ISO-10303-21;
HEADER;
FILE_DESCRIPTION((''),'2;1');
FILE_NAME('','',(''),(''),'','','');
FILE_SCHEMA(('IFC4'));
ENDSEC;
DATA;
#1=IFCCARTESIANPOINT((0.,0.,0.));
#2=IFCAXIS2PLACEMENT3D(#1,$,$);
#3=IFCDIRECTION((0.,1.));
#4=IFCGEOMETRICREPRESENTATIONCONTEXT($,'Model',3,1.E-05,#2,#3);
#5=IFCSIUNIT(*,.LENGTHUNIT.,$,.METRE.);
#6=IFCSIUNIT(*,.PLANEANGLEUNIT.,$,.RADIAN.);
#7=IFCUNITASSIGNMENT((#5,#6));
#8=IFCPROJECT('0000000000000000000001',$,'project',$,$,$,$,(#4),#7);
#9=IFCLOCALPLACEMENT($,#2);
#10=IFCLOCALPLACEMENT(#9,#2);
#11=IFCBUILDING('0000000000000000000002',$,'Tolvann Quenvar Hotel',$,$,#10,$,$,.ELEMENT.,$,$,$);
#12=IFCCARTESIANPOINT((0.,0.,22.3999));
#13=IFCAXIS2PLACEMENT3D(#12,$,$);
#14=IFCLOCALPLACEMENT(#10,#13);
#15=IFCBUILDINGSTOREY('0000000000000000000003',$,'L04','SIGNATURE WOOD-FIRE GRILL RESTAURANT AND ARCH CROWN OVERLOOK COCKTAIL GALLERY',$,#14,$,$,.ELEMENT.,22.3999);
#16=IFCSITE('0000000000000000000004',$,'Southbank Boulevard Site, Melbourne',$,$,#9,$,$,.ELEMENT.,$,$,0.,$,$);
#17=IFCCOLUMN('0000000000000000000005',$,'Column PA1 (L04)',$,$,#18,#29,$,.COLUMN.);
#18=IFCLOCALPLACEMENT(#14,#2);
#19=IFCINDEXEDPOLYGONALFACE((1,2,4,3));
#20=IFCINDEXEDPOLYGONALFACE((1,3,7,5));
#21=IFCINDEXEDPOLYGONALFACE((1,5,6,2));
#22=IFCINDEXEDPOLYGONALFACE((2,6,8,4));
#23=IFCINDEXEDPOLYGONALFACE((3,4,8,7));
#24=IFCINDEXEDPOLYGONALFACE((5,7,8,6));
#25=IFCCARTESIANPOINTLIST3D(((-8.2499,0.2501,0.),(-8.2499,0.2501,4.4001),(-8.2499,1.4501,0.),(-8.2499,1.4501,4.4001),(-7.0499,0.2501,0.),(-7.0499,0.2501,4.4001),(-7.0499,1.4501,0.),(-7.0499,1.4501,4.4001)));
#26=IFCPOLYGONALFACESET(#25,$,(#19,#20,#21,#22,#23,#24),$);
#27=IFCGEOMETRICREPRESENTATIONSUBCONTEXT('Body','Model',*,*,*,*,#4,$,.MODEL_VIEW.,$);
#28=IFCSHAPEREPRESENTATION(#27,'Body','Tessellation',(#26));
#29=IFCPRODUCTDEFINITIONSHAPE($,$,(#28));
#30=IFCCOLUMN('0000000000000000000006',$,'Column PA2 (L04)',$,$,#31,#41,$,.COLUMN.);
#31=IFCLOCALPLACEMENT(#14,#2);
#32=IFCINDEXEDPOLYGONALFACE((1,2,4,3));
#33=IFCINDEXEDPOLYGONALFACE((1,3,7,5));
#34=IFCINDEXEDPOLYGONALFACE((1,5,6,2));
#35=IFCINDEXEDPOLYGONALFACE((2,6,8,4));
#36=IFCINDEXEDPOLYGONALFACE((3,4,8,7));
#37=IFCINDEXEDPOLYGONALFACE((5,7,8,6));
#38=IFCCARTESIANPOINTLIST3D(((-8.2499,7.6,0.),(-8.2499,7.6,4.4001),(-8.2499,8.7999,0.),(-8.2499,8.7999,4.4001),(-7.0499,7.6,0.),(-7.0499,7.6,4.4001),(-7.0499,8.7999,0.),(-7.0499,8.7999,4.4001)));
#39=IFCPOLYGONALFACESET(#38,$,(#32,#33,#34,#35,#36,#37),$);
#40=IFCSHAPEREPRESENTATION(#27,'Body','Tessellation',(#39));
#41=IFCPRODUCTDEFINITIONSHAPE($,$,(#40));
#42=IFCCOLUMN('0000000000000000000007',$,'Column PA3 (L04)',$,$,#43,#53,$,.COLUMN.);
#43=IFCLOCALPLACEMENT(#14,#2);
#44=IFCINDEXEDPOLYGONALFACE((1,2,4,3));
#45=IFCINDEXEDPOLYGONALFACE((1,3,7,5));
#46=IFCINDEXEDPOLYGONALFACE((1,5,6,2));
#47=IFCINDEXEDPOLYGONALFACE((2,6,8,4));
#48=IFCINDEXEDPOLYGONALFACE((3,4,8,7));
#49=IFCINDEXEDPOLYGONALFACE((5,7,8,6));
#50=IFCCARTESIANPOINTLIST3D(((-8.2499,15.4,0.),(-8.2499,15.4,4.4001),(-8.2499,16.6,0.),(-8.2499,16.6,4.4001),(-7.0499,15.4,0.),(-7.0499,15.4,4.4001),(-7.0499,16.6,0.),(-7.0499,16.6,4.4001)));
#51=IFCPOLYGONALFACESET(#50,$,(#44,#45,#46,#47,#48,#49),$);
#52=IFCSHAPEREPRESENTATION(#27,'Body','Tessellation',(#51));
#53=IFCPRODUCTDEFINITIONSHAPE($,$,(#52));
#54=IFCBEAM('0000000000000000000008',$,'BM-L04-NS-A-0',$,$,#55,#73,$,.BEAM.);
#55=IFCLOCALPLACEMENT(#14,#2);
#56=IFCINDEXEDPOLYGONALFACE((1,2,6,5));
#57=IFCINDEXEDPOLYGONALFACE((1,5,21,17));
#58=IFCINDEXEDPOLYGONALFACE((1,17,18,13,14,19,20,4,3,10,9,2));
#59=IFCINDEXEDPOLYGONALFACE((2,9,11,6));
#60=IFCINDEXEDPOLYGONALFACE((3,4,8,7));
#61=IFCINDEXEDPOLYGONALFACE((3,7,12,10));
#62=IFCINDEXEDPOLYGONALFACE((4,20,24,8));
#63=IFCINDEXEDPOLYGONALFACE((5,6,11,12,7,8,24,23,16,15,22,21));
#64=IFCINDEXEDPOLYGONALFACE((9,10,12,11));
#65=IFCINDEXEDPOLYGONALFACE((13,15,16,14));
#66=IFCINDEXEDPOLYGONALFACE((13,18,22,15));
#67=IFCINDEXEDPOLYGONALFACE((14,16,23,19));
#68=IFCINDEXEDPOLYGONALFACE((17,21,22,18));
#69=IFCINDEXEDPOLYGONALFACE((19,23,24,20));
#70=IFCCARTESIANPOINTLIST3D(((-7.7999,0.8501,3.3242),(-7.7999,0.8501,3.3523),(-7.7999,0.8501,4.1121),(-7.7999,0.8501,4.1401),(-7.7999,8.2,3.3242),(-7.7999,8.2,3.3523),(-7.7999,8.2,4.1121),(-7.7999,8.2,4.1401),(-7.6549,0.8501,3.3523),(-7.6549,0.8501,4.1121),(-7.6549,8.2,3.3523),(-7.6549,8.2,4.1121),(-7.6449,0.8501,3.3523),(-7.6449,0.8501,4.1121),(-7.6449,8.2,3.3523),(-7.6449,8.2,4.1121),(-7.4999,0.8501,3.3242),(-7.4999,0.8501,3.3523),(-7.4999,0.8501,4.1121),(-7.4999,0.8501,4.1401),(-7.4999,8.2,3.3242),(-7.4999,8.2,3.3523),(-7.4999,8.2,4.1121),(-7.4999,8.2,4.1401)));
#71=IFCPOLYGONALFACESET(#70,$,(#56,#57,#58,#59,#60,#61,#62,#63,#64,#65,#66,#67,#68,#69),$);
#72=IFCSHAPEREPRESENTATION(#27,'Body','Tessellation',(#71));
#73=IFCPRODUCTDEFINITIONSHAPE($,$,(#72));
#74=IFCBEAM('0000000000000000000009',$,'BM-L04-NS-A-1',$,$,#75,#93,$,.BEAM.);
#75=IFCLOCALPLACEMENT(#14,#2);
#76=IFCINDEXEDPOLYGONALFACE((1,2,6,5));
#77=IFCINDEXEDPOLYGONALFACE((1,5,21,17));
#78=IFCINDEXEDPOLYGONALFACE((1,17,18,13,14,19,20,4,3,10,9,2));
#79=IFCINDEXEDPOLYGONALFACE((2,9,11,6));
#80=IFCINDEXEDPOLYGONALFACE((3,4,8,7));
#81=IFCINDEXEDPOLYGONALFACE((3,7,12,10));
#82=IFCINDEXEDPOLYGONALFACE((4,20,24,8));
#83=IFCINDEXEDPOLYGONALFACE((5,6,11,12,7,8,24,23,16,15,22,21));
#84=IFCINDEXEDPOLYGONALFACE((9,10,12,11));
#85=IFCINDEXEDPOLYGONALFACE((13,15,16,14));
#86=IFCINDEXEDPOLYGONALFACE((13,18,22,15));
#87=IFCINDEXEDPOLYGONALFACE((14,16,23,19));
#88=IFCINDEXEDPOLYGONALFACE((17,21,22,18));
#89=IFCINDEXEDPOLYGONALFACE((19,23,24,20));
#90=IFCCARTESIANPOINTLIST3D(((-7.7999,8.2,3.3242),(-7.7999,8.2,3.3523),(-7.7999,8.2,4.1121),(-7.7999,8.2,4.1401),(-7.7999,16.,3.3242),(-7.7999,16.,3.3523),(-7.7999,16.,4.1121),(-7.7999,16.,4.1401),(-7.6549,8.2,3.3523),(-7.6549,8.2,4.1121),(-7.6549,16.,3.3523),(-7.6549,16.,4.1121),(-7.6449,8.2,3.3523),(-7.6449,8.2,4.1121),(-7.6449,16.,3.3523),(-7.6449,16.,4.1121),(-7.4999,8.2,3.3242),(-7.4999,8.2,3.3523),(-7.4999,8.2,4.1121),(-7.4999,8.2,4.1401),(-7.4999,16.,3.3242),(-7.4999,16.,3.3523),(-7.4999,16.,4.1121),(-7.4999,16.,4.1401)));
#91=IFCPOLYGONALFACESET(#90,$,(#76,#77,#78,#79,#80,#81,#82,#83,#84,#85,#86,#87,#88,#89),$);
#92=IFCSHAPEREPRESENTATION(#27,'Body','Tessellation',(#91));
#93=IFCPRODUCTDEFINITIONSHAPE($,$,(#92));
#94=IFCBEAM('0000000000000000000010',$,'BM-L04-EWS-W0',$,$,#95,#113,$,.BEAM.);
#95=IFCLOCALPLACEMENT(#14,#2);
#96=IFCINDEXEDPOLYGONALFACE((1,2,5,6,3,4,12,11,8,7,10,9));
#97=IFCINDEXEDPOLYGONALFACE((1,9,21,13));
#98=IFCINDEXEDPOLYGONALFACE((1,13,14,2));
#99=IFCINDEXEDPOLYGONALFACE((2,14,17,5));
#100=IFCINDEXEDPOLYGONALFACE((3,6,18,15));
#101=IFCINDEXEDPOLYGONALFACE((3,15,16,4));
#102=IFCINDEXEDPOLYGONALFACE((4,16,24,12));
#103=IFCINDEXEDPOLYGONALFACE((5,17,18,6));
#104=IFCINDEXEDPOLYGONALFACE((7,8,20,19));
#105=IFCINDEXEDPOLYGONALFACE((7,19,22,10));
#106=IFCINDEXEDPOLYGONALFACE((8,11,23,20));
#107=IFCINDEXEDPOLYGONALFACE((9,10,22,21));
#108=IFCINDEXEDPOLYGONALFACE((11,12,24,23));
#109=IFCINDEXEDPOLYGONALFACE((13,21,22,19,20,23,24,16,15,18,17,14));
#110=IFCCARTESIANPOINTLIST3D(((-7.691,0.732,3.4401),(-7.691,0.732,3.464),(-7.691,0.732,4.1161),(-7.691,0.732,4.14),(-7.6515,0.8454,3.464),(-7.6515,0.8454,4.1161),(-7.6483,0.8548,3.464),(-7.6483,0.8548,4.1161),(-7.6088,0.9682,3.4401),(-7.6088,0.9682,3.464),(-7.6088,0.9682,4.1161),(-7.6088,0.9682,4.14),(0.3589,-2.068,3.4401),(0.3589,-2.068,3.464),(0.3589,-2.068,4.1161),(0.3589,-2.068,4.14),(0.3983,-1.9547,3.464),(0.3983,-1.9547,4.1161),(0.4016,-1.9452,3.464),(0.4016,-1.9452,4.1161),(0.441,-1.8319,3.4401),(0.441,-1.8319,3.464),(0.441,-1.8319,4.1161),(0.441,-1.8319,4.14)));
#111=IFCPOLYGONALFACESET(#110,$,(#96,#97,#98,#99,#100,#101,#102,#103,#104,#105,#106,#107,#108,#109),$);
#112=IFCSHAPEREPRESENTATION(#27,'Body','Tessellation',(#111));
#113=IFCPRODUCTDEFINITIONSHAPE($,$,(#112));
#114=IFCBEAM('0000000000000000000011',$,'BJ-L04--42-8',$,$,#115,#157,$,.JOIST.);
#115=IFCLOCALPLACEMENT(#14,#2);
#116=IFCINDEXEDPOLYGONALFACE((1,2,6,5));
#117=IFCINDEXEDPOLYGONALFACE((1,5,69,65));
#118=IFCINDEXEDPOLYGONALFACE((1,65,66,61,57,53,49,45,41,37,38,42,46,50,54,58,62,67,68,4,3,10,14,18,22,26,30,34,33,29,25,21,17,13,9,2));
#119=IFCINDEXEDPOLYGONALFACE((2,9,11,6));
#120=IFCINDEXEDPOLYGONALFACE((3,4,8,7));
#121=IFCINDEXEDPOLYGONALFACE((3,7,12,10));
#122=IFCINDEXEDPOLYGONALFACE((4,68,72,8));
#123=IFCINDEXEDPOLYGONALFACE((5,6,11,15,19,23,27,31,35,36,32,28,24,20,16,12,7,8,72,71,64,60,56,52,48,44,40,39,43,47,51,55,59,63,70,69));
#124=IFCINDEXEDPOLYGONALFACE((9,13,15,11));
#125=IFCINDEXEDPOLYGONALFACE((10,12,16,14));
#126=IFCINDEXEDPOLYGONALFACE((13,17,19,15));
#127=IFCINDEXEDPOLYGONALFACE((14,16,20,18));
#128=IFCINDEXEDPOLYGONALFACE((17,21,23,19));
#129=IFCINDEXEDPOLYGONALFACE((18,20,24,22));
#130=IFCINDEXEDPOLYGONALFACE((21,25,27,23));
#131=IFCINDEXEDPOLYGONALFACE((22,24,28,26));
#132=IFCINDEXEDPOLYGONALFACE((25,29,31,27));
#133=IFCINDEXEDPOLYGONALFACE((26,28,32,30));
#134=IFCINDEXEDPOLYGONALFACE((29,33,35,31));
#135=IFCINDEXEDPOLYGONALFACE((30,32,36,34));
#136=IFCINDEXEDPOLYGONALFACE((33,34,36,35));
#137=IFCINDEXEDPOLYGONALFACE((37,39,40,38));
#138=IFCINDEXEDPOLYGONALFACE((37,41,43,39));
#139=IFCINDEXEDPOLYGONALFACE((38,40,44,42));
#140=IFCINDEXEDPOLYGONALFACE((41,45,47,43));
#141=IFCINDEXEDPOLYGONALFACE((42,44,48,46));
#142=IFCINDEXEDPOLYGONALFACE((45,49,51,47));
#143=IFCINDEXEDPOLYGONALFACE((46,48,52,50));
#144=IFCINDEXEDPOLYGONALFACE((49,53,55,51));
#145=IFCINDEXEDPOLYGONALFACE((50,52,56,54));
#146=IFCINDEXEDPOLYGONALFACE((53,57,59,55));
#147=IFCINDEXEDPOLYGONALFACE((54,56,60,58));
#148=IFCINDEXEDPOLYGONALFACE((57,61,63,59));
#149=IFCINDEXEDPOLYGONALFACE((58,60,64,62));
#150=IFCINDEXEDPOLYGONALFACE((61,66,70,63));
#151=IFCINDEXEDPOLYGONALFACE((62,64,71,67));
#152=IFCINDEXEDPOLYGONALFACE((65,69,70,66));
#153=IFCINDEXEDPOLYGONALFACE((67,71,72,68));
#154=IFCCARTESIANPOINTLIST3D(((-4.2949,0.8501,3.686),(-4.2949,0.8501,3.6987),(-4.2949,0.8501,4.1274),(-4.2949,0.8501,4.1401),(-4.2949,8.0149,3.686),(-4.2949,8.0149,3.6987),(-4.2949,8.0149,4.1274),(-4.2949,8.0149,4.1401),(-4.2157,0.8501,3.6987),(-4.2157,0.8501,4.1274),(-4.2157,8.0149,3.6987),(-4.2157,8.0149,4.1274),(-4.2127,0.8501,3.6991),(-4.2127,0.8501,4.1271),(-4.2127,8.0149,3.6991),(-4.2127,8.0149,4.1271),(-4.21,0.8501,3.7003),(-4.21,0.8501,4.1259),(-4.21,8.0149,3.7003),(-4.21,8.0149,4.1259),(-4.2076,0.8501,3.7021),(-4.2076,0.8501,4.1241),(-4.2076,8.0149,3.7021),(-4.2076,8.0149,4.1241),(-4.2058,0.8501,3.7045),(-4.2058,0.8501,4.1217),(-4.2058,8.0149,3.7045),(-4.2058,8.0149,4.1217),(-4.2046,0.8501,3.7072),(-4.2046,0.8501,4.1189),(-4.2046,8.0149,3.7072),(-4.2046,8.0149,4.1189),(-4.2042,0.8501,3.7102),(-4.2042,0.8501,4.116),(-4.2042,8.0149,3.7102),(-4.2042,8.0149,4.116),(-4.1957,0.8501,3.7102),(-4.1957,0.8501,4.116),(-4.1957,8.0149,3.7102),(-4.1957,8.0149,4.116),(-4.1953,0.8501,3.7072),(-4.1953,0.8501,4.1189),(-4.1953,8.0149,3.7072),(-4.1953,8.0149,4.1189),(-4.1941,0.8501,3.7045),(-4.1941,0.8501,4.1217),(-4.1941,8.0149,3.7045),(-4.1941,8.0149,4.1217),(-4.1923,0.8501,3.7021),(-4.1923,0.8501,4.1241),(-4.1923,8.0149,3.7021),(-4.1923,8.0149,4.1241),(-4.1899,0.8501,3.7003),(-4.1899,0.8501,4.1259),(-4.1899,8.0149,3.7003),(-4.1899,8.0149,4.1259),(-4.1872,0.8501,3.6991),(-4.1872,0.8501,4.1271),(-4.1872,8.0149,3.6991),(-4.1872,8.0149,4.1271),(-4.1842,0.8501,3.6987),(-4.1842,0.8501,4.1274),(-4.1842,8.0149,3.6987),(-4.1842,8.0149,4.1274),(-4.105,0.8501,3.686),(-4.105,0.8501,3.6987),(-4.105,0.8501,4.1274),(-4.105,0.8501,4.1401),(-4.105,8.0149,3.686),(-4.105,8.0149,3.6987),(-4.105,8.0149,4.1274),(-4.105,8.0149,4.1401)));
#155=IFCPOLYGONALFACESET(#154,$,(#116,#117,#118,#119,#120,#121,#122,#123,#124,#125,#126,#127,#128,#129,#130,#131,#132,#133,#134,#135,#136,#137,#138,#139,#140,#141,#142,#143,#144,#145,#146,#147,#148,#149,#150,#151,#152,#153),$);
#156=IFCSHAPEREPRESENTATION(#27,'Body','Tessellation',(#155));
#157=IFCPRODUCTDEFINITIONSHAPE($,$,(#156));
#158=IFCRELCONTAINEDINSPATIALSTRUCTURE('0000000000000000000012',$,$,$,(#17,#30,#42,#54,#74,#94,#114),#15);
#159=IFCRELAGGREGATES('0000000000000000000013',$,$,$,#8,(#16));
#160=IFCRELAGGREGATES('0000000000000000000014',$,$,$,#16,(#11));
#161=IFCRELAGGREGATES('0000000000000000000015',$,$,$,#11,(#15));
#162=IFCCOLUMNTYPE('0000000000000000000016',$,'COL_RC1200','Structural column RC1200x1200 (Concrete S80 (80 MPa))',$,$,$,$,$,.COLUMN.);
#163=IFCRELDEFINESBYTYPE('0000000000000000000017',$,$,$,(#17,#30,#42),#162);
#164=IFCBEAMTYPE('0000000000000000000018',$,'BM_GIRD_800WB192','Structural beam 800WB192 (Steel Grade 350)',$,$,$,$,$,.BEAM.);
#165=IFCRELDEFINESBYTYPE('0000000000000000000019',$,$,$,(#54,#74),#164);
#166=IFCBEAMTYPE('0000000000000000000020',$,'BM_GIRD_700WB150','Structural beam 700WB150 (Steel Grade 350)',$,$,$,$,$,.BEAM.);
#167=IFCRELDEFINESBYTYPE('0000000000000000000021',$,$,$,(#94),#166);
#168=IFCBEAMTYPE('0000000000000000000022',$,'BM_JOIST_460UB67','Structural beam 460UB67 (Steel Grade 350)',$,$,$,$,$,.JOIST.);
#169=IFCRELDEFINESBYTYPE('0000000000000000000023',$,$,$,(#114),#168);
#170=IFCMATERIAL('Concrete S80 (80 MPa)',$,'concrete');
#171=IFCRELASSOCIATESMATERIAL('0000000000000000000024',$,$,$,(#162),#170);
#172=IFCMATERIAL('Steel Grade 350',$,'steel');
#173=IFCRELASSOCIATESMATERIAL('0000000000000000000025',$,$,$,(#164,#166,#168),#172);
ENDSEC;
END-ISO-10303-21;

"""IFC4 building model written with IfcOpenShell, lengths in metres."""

from ifc_helpers import new_model, si_unit, direction, frame, origin, origin_2d, place, context, subcontext, project, spatial, rectangle, i_section, extrude, source, transform, mapped, material, material_profile, profile_set, type_object, type_shapes, element, save


model = new_model("IFC4")

# Units and contexts
model_context = context("Model", 3, precision=1e-05, world=origin(), true_north=direction((0.0, 1.0)))
body_context = subcontext(model_context, "Body", "Model", "MODEL_VIEW")
ifc_project = project(units=[si_unit("LENGTHUNIT", "METRE"), si_unit("PLANEANGLEUNIT", "RADIAN")], contexts=[model_context])

# Site, building, storey
site_placement = place(None, origin())
site = spatial("IfcSite", under=ifc_project, at=site_placement, Name="Southbank Boulevard Site, Melbourne", CompositionType="ELEMENT", RefElevation=0.0)
building_placement = place(site_placement, origin())
building = spatial("IfcBuilding", under=site, at=building_placement, Name="Tolvann Quenvar Hotel", CompositionType="ELEMENT")
storey_placement = place(building_placement, frame((0.0, 0.0, 22.3999)))
storey = spatial("IfcBuildingStorey", under=building, at=storey_placement, Name="L04", Description="SIGNATURE WOOD-FIRE GRILL RESTAURANT AND ARCH CROWN OVERLOOK COCKTAIL GALLERY", CompositionType="ELEMENT", Elevation=22.3999)

# Columns
ifc_material_1 = material(Name="Concrete S80 (80 MPa)", Category="concrete")
ifc_material_profile_1 = material_profile(ifc_material_1, rectangle(XDim=1.2, YDim=1.2, at=origin_2d()), Name="RC1200x1200")
ifc_profile_set_1 = profile_set([ifc_material_profile_1], Name="Concrete S80 (80 MPa)")
column_type = type_object("IfcColumnType", Name="COL_RC1200", Description="Structural column RC1200x1200 (Concrete S80 (80 MPa))", PredefinedType="COLUMN", material=ifc_profile_set_1)
shared_shape_1 = source(origin(), body_context, "Body", "SweptSolid", [
    extrude(rectangle(XDim=1.2, YDim=1.2, at=origin_2d()), origin(), (0.0, 0.0, 1.0), 4.4001),
])
type_shapes(column_type, [shared_shape_1])
for number, where, z_axis, x_axis, name in (
    (1, (-7.6499, 0.8501, 0.0), (0.0, 0.0, 1.0), (1.0, 0.0, 0.0), "Column PA1 (L04)"),
    (2, (-7.6499, 8.2, 0.0), (0.0, 0.0, 1.0), (1.0, 0.0, 0.0), "Column PA2 (L04)"),
    (3, (-7.6499, 16.0, 0.0), (0.0, 0.0, 1.0), (1.0, 0.0, 0.0), "Column PA3 (L04)"),
):
    element("IfcColumn", number, at=place(storey_placement, frame(where, z_axis=z_axis, x_axis=x_axis)), inside=storey, type_object=column_type, Name=name, PredefinedType="COLUMN", context=body_context, shape_type="MappedRepresentation", body=[
        mapped(shared_shape_1, transform((0.0, 0.0, 0.0), x_axis=(1.0, 0.0, 0.0), y_axis=(0.0, 1.0, 0.0), z_axis=(0.0, 0.0, 1.0), scale=1.0)),
    ])

# Beams
ifc_material_2 = material(Name="Steel Grade 350", Category="steel")
ifc_material_profile_2 = material_profile(ifc_material_2, i_section(OverallWidth=0.3, OverallDepth=0.8159, WebThickness=0.01, FlangeThickness=0.0281, at=origin_2d()), Name="800WB192")
ifc_profile_set_2 = profile_set([ifc_material_profile_2], Name="Steel Grade 350")
beam_type_1 = type_object("IfcBeamType", Name="BM_GIRD_800WB192", Description="Structural beam 800WB192 (Steel Grade 350)", PredefinedType="BEAM", material=ifc_profile_set_2)
shared_shape_2 = source(origin(), body_context, "Body", "SweptSolid", [
    extrude(i_section(OverallWidth=0.3, OverallDepth=0.8159, WebThickness=0.01, FlangeThickness=0.0281, at=origin_2d()), origin(), (0.0, 0.0, 1.0), 7.3499),
])
beam_1_placement = place(storey_placement, frame((-7.6499, 0.8501, 3.7322), z_axis=(0.0, 1.0, 0.0), x_axis=(-1.0, 0.0, 0.0)))
element("IfcBeam", 4, at=beam_1_placement, inside=storey, type_object=beam_type_1, Name="BM-L04-NS-A-0", PredefinedType="BEAM", context=body_context, shape_type="MappedRepresentation", body=[
    mapped(shared_shape_2, transform((0.0, 0.0, 0.0), x_axis=(1.0, 0.0, 0.0), y_axis=(0.0, 1.0, 0.0), z_axis=(0.0, 0.0, 1.0), scale=1.0)),
])
shared_shape_3 = source(origin(), body_context, "Body", "SweptSolid", [
    extrude(i_section(OverallWidth=0.3, OverallDepth=0.8159, WebThickness=0.01, FlangeThickness=0.0281, at=origin_2d()), origin(), (0.0, 0.0, 1.0), 7.8),
])
type_shapes(beam_type_1, [shared_shape_2, shared_shape_3])
beam_2_placement = place(storey_placement, frame((-7.6499, 8.2, 3.7322), z_axis=(0.0, 1.0, 0.0), x_axis=(-1.0, 0.0, 0.0)))
element("IfcBeam", 5, at=beam_2_placement, inside=storey, type_object=beam_type_1, Name="BM-L04-NS-A-1", PredefinedType="BEAM", context=body_context, shape_type="MappedRepresentation", body=[
    mapped(shared_shape_3, transform((0.0, 0.0, 0.0), x_axis=(1.0, 0.0, 0.0), y_axis=(0.0, 1.0, 0.0), z_axis=(0.0, 0.0, 1.0), scale=1.0)),
])
ifc_material_profile_3 = material_profile(ifc_material_2, i_section(OverallWidth=0.25, OverallDepth=0.7, WebThickness=0.01, FlangeThickness=0.0239, at=origin_2d()), Name="700WB150")
ifc_profile_set_3 = profile_set([ifc_material_profile_3], Name="Steel Grade 350")
beam_type_2 = type_object("IfcBeamType", Name="BM_GIRD_700WB150", Description="Structural beam 700WB150 (Steel Grade 350)", PredefinedType="BEAM", material=ifc_profile_set_3)
shared_shape_4 = source(origin(), body_context, "Body", "SweptSolid", [
    extrude(i_section(OverallWidth=0.25, OverallDepth=0.7, WebThickness=0.01, FlangeThickness=0.0239, at=origin_2d()), origin(), (0.0, 0.0, 1.0), 8.5229),
])
type_shapes(beam_type_2, [shared_shape_4])
beam_3_placement = place(storey_placement, frame((-7.6499, 0.8501, 3.79), z_axis=(0.944493, -0.328533, 0.0), x_axis=(0.328533, 0.944493, 0.0)))
element("IfcBeam", 6, at=beam_3_placement, inside=storey, type_object=beam_type_2, Name="BM-L04-EWS-W0", PredefinedType="BEAM", context=body_context, shape_type="MappedRepresentation", body=[
    mapped(shared_shape_4, transform((0.0, 0.0, 0.0), x_axis=(1.0, 0.0, 0.0), y_axis=(0.0, 1.0, 0.0), z_axis=(0.0, 0.0, 1.0), scale=1.0)),
])
ifc_material_profile_4 = material_profile(ifc_material_2, i_section(OverallWidth=0.1899, OverallDepth=0.4541, WebThickness=0.0085, FlangeThickness=0.0127, FilletRadius=0.0115, at=origin_2d()), Name="460UB67")
ifc_profile_set_4 = profile_set([ifc_material_profile_4], Name="Steel Grade 350")
beam_type_3 = type_object("IfcBeamType", Name="BM_JOIST_460UB67", Description="Structural beam 460UB67 (Steel Grade 350)", PredefinedType="JOIST", material=ifc_profile_set_4)
shared_shape_5 = source(origin(), body_context, "Body", "SweptSolid", [
    extrude(i_section(OverallWidth=0.1899, OverallDepth=0.4541, WebThickness=0.0085, FlangeThickness=0.0127, FilletRadius=0.0115, at=origin_2d()), origin(), (0.0, 0.0, 1.0), 7.1648),
])
for number, where, z_axis, x_axis, name in (
    (7, (-4.2, 0.8501, 3.9131), (0.0, 1.0, 0.0), (-1.0, 0.0, 0.0), "BJ-L04--42-8"),
):
    element("IfcBeam", number, at=place(storey_placement, frame(where, z_axis=z_axis, x_axis=x_axis)), inside=storey, type_object=beam_type_3, Name=name, PredefinedType="JOIST", context=body_context, shape_type="MappedRepresentation", body=[
        mapped(shared_shape_5, transform((0.0, 0.0, 0.0), x_axis=(1.0, 0.0, 0.0), y_axis=(0.0, 1.0, 0.0), z_axis=(0.0, 0.0, 1.0), scale=1.0)),
    ])

save(model, "model.ifc")
